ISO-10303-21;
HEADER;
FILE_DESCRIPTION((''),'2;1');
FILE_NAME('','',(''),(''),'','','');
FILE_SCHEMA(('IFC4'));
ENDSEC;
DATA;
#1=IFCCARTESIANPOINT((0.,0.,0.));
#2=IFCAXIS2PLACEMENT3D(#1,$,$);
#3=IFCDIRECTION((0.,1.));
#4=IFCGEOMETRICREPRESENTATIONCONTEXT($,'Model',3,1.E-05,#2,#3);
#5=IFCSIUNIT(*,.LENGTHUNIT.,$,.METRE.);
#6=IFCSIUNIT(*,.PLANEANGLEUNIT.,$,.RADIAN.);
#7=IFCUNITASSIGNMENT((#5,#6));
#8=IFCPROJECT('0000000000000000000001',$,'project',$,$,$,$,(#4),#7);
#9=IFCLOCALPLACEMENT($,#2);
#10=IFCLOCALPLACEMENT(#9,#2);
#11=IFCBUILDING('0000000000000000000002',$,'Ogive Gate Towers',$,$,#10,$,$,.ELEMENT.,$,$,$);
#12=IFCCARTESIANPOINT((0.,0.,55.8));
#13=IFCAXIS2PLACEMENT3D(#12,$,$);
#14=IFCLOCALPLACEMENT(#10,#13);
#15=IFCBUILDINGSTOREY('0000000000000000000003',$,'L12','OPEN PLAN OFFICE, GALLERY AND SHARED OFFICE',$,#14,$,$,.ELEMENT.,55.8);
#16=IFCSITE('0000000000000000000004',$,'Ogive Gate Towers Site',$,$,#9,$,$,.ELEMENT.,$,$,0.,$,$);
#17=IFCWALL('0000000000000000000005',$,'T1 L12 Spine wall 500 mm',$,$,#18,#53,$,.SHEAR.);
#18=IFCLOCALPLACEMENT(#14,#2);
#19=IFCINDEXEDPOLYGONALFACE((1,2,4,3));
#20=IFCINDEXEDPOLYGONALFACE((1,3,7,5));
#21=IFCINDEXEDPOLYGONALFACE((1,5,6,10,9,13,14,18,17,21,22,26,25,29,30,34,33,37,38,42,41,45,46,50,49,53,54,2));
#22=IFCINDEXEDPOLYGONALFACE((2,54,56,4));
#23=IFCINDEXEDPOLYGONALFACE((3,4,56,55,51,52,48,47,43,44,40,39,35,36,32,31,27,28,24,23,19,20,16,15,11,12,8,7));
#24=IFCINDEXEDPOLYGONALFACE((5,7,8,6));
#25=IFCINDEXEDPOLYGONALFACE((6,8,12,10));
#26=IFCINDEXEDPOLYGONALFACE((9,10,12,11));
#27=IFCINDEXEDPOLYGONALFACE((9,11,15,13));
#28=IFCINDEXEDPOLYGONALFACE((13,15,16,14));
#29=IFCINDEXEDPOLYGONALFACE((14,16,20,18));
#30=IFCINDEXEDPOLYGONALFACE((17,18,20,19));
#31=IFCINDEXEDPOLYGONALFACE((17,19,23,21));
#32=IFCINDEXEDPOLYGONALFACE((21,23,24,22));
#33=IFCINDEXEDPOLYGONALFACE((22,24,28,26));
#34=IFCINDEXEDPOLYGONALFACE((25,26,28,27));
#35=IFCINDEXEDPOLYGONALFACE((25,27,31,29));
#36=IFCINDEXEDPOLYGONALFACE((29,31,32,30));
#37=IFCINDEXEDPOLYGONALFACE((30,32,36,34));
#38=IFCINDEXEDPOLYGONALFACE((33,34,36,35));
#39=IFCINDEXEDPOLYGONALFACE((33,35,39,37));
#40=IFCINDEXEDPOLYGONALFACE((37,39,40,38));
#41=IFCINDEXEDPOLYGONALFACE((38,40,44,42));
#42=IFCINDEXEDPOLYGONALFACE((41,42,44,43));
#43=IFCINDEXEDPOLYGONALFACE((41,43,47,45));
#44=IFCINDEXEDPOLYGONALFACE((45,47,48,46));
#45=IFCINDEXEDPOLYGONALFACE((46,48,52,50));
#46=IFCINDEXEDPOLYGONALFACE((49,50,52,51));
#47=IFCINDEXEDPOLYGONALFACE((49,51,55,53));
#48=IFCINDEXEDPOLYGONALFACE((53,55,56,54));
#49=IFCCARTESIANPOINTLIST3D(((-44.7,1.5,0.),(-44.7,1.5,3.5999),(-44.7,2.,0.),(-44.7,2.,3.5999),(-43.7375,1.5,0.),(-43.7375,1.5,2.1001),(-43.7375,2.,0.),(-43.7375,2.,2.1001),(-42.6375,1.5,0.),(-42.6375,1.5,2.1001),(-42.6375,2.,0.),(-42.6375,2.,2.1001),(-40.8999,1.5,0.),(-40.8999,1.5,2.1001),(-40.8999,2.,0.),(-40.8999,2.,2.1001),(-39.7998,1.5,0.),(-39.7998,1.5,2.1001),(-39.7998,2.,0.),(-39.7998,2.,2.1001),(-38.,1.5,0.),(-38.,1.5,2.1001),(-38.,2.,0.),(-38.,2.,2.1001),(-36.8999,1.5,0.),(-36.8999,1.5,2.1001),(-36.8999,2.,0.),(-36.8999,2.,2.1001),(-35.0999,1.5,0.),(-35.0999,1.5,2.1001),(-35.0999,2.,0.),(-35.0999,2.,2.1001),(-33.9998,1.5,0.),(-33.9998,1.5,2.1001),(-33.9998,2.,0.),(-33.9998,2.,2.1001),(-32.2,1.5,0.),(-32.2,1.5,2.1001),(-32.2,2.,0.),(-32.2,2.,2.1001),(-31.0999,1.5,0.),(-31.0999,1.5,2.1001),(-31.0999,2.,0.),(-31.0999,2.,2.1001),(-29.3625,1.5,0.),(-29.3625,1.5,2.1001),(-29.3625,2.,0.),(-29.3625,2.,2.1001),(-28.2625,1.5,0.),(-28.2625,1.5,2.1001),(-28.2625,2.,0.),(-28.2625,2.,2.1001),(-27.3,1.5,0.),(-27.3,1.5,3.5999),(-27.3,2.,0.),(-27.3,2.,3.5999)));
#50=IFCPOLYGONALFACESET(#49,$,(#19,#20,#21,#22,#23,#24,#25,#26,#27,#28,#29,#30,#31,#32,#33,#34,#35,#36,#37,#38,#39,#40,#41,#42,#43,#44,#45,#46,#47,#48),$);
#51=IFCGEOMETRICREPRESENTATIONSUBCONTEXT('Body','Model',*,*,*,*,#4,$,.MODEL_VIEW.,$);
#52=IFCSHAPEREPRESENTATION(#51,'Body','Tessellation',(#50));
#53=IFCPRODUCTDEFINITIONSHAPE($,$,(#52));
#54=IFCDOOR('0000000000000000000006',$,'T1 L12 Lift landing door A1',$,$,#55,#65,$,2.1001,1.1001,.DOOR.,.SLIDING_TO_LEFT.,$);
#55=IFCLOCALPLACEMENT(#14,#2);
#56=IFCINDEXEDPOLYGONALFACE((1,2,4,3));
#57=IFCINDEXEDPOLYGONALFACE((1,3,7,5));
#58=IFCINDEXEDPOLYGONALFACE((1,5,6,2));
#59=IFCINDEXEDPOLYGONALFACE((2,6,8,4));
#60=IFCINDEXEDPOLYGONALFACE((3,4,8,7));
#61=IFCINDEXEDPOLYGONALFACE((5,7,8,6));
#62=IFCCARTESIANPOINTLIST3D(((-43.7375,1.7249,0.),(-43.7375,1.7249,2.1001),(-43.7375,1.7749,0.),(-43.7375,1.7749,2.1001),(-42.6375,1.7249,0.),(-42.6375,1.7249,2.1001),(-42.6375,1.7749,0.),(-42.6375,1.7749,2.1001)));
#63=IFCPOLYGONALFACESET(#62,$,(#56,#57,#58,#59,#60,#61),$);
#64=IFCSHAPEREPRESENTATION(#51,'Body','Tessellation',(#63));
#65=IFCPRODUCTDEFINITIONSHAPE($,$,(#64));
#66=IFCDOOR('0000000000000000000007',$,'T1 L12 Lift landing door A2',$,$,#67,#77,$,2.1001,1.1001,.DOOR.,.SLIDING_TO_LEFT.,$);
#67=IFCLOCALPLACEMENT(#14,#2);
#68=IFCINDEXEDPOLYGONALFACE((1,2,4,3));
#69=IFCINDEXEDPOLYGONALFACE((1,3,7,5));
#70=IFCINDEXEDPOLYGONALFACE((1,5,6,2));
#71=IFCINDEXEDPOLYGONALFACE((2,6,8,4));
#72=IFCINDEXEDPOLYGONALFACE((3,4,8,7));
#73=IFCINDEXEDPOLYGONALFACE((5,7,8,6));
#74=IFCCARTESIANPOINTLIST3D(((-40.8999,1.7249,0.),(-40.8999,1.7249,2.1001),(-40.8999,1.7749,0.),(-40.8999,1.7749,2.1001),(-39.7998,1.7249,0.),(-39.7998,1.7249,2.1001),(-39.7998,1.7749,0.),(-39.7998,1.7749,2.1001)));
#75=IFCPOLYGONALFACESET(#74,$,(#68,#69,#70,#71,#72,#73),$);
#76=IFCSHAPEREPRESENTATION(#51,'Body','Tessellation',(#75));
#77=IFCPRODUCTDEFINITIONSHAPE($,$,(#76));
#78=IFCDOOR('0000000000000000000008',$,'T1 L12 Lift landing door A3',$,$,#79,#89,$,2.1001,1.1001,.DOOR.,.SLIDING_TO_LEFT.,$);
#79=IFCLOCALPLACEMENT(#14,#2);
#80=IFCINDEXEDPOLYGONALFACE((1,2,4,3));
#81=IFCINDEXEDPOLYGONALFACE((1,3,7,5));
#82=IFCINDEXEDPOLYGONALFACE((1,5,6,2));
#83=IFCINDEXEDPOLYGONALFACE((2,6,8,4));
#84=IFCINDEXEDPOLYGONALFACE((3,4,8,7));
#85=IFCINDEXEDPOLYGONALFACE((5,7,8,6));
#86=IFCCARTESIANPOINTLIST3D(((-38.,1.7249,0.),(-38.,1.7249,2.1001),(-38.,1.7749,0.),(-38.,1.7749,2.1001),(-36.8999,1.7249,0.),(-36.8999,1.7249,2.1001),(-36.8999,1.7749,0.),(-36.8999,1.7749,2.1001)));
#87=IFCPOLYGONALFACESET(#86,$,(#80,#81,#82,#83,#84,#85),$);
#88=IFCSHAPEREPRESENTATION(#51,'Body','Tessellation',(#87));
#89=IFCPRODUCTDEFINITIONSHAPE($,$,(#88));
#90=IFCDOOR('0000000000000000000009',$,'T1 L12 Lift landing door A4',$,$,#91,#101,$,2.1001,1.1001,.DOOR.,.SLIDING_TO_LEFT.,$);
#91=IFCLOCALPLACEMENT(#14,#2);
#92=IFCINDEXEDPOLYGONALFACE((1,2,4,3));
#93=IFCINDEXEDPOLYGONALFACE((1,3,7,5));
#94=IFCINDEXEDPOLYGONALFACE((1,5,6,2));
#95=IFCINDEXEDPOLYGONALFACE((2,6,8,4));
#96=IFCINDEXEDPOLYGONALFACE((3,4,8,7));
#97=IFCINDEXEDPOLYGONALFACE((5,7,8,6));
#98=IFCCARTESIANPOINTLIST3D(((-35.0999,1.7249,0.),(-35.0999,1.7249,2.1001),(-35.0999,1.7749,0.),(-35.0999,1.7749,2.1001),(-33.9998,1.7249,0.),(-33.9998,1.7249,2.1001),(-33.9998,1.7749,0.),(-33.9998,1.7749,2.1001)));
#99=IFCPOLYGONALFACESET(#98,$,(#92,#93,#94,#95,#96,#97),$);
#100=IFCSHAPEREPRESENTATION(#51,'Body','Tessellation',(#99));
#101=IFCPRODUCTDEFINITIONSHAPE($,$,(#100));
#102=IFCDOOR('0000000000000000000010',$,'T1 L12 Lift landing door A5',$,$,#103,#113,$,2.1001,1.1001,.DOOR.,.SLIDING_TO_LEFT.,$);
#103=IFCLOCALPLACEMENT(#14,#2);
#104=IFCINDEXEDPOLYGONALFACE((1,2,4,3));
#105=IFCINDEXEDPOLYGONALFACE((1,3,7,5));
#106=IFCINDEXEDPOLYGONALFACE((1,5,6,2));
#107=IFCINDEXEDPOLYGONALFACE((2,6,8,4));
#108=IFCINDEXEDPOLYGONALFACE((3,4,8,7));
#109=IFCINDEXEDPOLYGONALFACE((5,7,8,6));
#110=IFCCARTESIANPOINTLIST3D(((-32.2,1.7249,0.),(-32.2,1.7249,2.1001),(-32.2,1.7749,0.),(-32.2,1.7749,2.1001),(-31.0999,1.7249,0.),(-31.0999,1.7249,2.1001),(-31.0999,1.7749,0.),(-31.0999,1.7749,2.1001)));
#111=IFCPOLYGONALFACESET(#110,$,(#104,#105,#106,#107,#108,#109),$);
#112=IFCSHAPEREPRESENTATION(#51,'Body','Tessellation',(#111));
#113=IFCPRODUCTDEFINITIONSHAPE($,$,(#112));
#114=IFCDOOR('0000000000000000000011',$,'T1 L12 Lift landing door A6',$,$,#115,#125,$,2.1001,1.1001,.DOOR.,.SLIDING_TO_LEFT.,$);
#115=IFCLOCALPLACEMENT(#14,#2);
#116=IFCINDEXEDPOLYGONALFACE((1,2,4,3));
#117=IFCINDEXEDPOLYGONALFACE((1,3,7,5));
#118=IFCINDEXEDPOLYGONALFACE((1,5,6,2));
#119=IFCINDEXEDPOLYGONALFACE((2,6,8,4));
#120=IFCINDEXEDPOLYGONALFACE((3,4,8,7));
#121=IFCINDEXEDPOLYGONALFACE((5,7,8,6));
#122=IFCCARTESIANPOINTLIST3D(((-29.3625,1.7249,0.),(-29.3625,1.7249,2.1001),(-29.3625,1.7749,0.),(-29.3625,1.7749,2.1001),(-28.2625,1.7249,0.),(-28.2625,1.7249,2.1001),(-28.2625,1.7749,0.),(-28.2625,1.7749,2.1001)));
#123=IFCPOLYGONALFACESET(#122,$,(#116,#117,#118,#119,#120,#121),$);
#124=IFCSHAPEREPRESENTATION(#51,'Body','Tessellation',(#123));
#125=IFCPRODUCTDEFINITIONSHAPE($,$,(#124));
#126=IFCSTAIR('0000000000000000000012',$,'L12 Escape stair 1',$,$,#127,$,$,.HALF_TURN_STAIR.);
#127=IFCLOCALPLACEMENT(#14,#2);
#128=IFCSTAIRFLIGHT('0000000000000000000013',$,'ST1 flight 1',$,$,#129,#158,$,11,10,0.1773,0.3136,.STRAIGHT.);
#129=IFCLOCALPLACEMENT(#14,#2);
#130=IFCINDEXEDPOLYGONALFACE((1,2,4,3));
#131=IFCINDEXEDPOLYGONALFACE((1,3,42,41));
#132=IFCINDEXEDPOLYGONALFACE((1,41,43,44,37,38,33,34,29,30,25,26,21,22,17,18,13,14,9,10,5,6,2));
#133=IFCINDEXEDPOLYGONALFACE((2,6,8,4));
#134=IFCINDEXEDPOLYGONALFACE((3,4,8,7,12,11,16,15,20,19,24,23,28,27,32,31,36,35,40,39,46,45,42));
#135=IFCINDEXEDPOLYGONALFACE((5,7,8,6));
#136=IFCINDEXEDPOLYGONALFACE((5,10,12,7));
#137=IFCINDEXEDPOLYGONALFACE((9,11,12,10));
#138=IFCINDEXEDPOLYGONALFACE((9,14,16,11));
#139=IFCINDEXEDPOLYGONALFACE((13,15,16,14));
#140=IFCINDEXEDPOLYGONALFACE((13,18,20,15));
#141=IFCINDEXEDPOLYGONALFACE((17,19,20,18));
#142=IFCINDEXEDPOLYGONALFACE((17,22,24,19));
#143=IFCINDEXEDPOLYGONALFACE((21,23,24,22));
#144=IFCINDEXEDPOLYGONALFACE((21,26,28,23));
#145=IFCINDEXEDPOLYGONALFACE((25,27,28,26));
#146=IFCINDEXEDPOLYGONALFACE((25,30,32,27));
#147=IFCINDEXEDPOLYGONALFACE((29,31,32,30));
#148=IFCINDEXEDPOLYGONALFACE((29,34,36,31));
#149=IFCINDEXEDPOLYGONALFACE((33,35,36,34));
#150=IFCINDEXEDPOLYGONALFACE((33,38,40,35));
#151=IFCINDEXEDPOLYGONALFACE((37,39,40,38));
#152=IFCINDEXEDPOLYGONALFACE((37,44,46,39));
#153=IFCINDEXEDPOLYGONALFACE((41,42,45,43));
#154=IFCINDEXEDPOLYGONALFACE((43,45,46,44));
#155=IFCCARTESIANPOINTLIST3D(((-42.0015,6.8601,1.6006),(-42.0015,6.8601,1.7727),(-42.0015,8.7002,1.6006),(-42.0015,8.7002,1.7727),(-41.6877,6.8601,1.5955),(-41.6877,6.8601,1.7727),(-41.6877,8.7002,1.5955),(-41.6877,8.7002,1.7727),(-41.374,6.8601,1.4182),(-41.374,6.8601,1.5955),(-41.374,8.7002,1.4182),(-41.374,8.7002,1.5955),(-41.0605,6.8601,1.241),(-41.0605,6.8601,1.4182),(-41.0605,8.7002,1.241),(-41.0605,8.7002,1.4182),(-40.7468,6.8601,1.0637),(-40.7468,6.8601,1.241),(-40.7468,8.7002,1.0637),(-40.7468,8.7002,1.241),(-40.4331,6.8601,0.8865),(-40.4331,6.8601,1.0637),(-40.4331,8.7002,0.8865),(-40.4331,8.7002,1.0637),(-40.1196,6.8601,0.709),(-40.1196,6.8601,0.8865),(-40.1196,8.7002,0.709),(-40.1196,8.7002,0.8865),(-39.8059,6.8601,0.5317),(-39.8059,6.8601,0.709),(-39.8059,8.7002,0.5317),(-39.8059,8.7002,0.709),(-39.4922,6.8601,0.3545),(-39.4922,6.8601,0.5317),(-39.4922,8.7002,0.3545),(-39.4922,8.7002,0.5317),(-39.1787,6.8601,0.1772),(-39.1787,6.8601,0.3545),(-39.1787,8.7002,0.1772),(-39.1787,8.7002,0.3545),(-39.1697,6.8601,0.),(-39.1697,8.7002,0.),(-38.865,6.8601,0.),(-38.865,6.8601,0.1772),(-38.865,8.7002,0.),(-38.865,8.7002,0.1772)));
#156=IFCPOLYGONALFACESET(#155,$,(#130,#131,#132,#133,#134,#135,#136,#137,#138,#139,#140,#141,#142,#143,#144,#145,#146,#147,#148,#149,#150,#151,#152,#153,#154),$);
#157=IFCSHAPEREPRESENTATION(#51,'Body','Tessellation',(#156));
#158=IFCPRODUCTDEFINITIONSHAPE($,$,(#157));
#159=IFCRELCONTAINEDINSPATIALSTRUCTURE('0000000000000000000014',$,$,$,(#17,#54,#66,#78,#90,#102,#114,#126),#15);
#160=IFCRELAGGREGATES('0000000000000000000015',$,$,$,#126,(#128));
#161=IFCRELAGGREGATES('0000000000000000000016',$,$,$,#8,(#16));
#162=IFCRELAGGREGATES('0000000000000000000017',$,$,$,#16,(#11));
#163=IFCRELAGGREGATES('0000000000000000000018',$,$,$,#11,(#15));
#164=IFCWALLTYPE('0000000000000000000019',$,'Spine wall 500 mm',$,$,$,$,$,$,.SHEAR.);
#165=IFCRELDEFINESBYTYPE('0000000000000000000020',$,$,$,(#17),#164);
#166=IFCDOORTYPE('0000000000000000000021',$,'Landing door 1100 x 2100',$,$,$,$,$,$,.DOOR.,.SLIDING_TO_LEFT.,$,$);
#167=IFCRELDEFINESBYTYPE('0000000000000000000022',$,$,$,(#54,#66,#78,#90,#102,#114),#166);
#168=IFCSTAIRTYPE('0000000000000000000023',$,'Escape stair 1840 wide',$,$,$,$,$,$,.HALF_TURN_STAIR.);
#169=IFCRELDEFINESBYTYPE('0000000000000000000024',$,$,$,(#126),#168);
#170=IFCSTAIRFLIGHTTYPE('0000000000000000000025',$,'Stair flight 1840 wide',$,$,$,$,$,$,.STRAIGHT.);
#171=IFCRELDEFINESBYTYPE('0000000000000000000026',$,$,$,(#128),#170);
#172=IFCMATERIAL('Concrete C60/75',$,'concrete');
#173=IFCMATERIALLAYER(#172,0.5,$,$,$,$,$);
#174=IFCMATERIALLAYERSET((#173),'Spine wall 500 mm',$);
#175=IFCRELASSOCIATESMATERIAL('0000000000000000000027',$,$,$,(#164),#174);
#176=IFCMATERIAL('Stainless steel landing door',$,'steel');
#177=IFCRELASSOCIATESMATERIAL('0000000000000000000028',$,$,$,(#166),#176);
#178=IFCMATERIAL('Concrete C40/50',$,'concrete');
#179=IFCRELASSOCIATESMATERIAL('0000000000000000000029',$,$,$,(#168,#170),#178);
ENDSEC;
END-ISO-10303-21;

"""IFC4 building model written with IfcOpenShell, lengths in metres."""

from ifc_helpers import new_model, si_unit, direction, frame, frame_2d, origin, place, context, subcontext, project, spatial, polyline, rectangle, outline, extrude, material, layer, layer_set, type_object, element, fill, aggregate, save


model = new_model("IFC4")

# Units and contexts
model_context = context("Model", 3, precision=1e-05, world=origin(), true_north=direction((0.0, 1.0)))
body_context = subcontext(model_context, "Body", "Model", "MODEL_VIEW")
ifc_project = project(units=[si_unit("LENGTHUNIT", "METRE"), si_unit("PLANEANGLEUNIT", "RADIAN")], contexts=[model_context])

# Site, building, storey
site_placement = place(None, origin())
site = spatial("IfcSite", under=ifc_project, at=site_placement, Name="Ogive Gate Towers Site", CompositionType="ELEMENT", RefElevation=0.0)
building_placement = place(site_placement, origin())
building = spatial("IfcBuilding", under=site, at=building_placement, Name="Ogive Gate Towers", CompositionType="ELEMENT")
storey_placement = place(building_placement, frame((0.0, 0.0, 55.8)))
storey = spatial("IfcBuildingStorey", under=building, at=storey_placement, Name="L12", Description="OPEN PLAN OFFICE, GALLERY AND SHARED OFFICE", CompositionType="ELEMENT", Elevation=55.8)

# Shared definitions
ifc_material_1 = material(Name="Concrete C60/75", Category="concrete")

# Wall, openings, doors
ifc_layer_1 = layer(ifc_material_1, 0.5)
ifc_layer_set_1 = layer_set([ifc_layer_1], Name="Spine wall 500 mm")
wall_type_1 = type_object("IfcWallType", Name="Spine wall 500 mm", PredefinedType="SHEAR", material=ifc_layer_set_1)
wall_1_placement = place(storey_placement, frame((-44.7, 1.75, 0.0), z_axis=(0.0, 0.0, 1.0), x_axis=(1.0, 0.0, 0.0)))
wall_1 = element("IfcWall", 1, at=wall_1_placement, inside=storey, type_object=wall_type_1, Name="T1 L12 Spine wall 500 mm", PredefinedType="SHEAR", context=body_context, shape_type="SweptSolid", body=[
    extrude(rectangle(XDim=17.3999, YDim=0.5, at=frame_2d((8.7, 0.0))), origin(), (0.0, 0.0, 1.0), 3.5999),
])
opening_1_placement = place(wall_1_placement, frame((0.9624, 0.0, 0.0)))
opening_1 = element("IfcOpeningElement", 2, at=opening_1_placement, cuts=wall_1, PredefinedType="OPENING", context=body_context, shape_type="SweptSolid", body=[
    extrude(rectangle(XDim=1.1001, YDim=2.1001, at=frame_2d((0.55, 1.05))), frame((0.0, 0.26, 0.0), z_axis=(0.0, -1.0, 0.0), x_axis=(1.0, 0.0, 0.0)), (0.0, 0.0, 1.0), 0.52),
])
opening_2_placement = place(wall_1_placement, frame((3.8, 0.0, 0.0)))
opening_2 = element("IfcOpeningElement", 3, at=opening_2_placement, cuts=wall_1, PredefinedType="OPENING", context=body_context, shape_type="SweptSolid", body=[
    extrude(rectangle(XDim=1.1001, YDim=2.1001, at=frame_2d((0.55, 1.05))), frame((0.0, 0.26, 0.0), z_axis=(0.0, -1.0, 0.0), x_axis=(1.0, 0.0, 0.0)), (0.0, 0.0, 1.0), 0.52),
])
opening_3_placement = place(wall_1_placement, frame((6.7, 0.0, 0.0)))
opening_3 = element("IfcOpeningElement", 4, at=opening_3_placement, cuts=wall_1, PredefinedType="OPENING", context=body_context, shape_type="SweptSolid", body=[
    extrude(rectangle(XDim=1.1001, YDim=2.1001, at=frame_2d((0.55, 1.05))), frame((0.0, 0.26, 0.0), z_axis=(0.0, -1.0, 0.0), x_axis=(1.0, 0.0, 0.0)), (0.0, 0.0, 1.0), 0.52),
])
opening_4_placement = place(wall_1_placement, frame((9.6001, 0.0, 0.0)))
opening_4 = element("IfcOpeningElement", 5, at=opening_4_placement, cuts=wall_1, PredefinedType="OPENING", context=body_context, shape_type="SweptSolid", body=[
    extrude(rectangle(XDim=1.1001, YDim=2.1001, at=frame_2d((0.55, 1.05))), frame((0.0, 0.26, 0.0), z_axis=(0.0, -1.0, 0.0), x_axis=(1.0, 0.0, 0.0)), (0.0, 0.0, 1.0), 0.52),
])
opening_5_placement = place(wall_1_placement, frame((12.5, 0.0, 0.0)))
opening_5 = element("IfcOpeningElement", 6, at=opening_5_placement, cuts=wall_1, PredefinedType="OPENING", context=body_context, shape_type="SweptSolid", body=[
    extrude(rectangle(XDim=1.1001, YDim=2.1001, at=frame_2d((0.55, 1.05))), frame((0.0, 0.26, 0.0), z_axis=(0.0, -1.0, 0.0), x_axis=(1.0, 0.0, 0.0)), (0.0, 0.0, 1.0), 0.52),
])
opening_6_placement = place(wall_1_placement, frame((15.3374, 0.0, 0.0)))
opening_6 = element("IfcOpeningElement", 7, at=opening_6_placement, cuts=wall_1, PredefinedType="OPENING", context=body_context, shape_type="SweptSolid", body=[
    extrude(rectangle(XDim=1.1001, YDim=2.1001, at=frame_2d((0.55, 1.05))), frame((0.0, 0.26, 0.0), z_axis=(0.0, -1.0, 0.0), x_axis=(1.0, 0.0, 0.0)), (0.0, 0.0, 1.0), 0.52),
])
ifc_material_2 = material(Name="Stainless steel landing door", Category="steel")
door_type_1 = type_object("IfcDoorType", Name="Landing door 1100 x 2100", OperationType="SLIDING_TO_LEFT", PredefinedType="DOOR", material=ifc_material_2)
door_1_placement = place(opening_1_placement, origin())
door_1 = element("IfcDoor", 8, at=door_1_placement, inside=storey, type_object=door_type_1, Name="T1 L12 Lift landing door A1", OperationType="SLIDING_TO_LEFT", OverallHeight=2.1001, OverallWidth=1.1001, PredefinedType="DOOR", context=body_context, shape_type="SweptSolid", body=[
    extrude(rectangle(XDim=1.1001, YDim=2.1001, at=frame_2d((0.55, 1.05))), frame((0.0, 0.0249, 0.0), z_axis=(0.0, -1.0, 0.0), x_axis=(1.0, 0.0, 0.0)), (0.0, 0.0, 1.0), 0.05),
])
fill(opening_1, door_1)
door_2_placement = place(opening_2_placement, origin())
door_2 = element("IfcDoor", 9, at=door_2_placement, inside=storey, type_object=door_type_1, Name="T1 L12 Lift landing door A2", OperationType="SLIDING_TO_LEFT", OverallHeight=2.1001, OverallWidth=1.1001, PredefinedType="DOOR", context=body_context, shape_type="SweptSolid", body=[
    extrude(rectangle(XDim=1.1001, YDim=2.1001, at=frame_2d((0.55, 1.05))), frame((0.0, 0.0249, 0.0), z_axis=(0.0, -1.0, 0.0), x_axis=(1.0, 0.0, 0.0)), (0.0, 0.0, 1.0), 0.05),
])
fill(opening_2, door_2)
door_3_placement = place(opening_3_placement, origin())
door_3 = element("IfcDoor", 10, at=door_3_placement, inside=storey, type_object=door_type_1, Name="T1 L12 Lift landing door A3", OperationType="SLIDING_TO_LEFT", OverallHeight=2.1001, OverallWidth=1.1001, PredefinedType="DOOR", context=body_context, shape_type="SweptSolid", body=[
    extrude(rectangle(XDim=1.1001, YDim=2.1001, at=frame_2d((0.55, 1.05))), frame((0.0, 0.0249, 0.0), z_axis=(0.0, -1.0, 0.0), x_axis=(1.0, 0.0, 0.0)), (0.0, 0.0, 1.0), 0.05),
])
fill(opening_3, door_3)
door_4_placement = place(opening_4_placement, origin())
door_4 = element("IfcDoor", 11, at=door_4_placement, inside=storey, type_object=door_type_1, Name="T1 L12 Lift landing door A4", OperationType="SLIDING_TO_LEFT", OverallHeight=2.1001, OverallWidth=1.1001, PredefinedType="DOOR", context=body_context, shape_type="SweptSolid", body=[
    extrude(rectangle(XDim=1.1001, YDim=2.1001, at=frame_2d((0.55, 1.05))), frame((0.0, 0.0249, 0.0), z_axis=(0.0, -1.0, 0.0), x_axis=(1.0, 0.0, 0.0)), (0.0, 0.0, 1.0), 0.05),
])
fill(opening_4, door_4)
door_5_placement = place(opening_5_placement, origin())
door_5 = element("IfcDoor", 12, at=door_5_placement, inside=storey, type_object=door_type_1, Name="T1 L12 Lift landing door A5", OperationType="SLIDING_TO_LEFT", OverallHeight=2.1001, OverallWidth=1.1001, PredefinedType="DOOR", context=body_context, shape_type="SweptSolid", body=[
    extrude(rectangle(XDim=1.1001, YDim=2.1001, at=frame_2d((0.55, 1.05))), frame((0.0, 0.0249, 0.0), z_axis=(0.0, -1.0, 0.0), x_axis=(1.0, 0.0, 0.0)), (0.0, 0.0, 1.0), 0.05),
])
fill(opening_5, door_5)
door_6_placement = place(opening_6_placement, origin())
door_6 = element("IfcDoor", 13, at=door_6_placement, inside=storey, type_object=door_type_1, Name="T1 L12 Lift landing door A6", OperationType="SLIDING_TO_LEFT", OverallHeight=2.1001, OverallWidth=1.1001, PredefinedType="DOOR", context=body_context, shape_type="SweptSolid", body=[
    extrude(rectangle(XDim=1.1001, YDim=2.1001, at=frame_2d((0.55, 1.05))), frame((0.0, 0.0249, 0.0), z_axis=(0.0, -1.0, 0.0), x_axis=(1.0, 0.0, 0.0)), (0.0, 0.0, 1.0), 0.05),
])
fill(opening_6, door_6)

# Stair, stair flight
ifc_material_3 = material(Name="Concrete C40/50", Category="concrete")
stair_type = type_object("IfcStairType", Name="Escape stair 1840 wide", PredefinedType="HALF_TURN_STAIR", material=ifc_material_3)
stair_placement = place(storey_placement, origin())
stair = element("IfcStair", 14, at=stair_placement, inside=storey, type_object=stair_type, Name="L12 Escape stair 1", PredefinedType="HALF_TURN_STAIR")
stair_flight_type = type_object("IfcStairFlightType", Name="Stair flight 1840 wide", PredefinedType="STRAIGHT", material=ifc_material_3)
stair_flight_1_placement = place(storey_placement, frame((-38.865, 7.78, 0.0), z_axis=(0.0, 0.0, 1.0), x_axis=(-1.0, 0.0, 0.0)))
stair_flight_1 = element("IfcStairFlight", 15, at=stair_flight_1_placement, type_object=stair_flight_type, Name="ST1 flight 1", NumberOfRisers=11, NumberOfTreads=10, PredefinedType="STRAIGHT", RiserHeight=0.1773, TreadLength=0.3136, context=body_context, shape_type="SweptSolid", body=[
    extrude(outline(polyline([(0.0, 0.0), (0.0, 0.1772), (0.3137, 0.1772), (0.3137, 0.3545), (0.6272, 0.3545), (0.6272, 0.5317), (0.9409, 0.5317), (0.9409, 0.709), (1.2546, 0.709), (1.2546, 0.8865), (1.5681, 0.8865), (1.5681, 1.0637), (1.8818, 1.0637), (1.8818, 1.241), (2.1956, 1.241), (2.1956, 1.4182), (2.509, 1.4182), (2.509, 1.5955), (2.8228, 1.5955), (2.8228, 1.7727), (3.1365, 1.7727), (3.1365, 1.95), (3.1365, 1.6006), (0.3047, 0.0), (0.0, 0.0)])), frame((0.0, 0.9199, 0.0), z_axis=(0.0, -1.0, 0.0), x_axis=(1.0, 0.0, 0.0)), (0.0, 0.0, 1.0), 1.8401),
])
aggregate(stair, [stair_flight_1])

save(model, "model.ifc")
